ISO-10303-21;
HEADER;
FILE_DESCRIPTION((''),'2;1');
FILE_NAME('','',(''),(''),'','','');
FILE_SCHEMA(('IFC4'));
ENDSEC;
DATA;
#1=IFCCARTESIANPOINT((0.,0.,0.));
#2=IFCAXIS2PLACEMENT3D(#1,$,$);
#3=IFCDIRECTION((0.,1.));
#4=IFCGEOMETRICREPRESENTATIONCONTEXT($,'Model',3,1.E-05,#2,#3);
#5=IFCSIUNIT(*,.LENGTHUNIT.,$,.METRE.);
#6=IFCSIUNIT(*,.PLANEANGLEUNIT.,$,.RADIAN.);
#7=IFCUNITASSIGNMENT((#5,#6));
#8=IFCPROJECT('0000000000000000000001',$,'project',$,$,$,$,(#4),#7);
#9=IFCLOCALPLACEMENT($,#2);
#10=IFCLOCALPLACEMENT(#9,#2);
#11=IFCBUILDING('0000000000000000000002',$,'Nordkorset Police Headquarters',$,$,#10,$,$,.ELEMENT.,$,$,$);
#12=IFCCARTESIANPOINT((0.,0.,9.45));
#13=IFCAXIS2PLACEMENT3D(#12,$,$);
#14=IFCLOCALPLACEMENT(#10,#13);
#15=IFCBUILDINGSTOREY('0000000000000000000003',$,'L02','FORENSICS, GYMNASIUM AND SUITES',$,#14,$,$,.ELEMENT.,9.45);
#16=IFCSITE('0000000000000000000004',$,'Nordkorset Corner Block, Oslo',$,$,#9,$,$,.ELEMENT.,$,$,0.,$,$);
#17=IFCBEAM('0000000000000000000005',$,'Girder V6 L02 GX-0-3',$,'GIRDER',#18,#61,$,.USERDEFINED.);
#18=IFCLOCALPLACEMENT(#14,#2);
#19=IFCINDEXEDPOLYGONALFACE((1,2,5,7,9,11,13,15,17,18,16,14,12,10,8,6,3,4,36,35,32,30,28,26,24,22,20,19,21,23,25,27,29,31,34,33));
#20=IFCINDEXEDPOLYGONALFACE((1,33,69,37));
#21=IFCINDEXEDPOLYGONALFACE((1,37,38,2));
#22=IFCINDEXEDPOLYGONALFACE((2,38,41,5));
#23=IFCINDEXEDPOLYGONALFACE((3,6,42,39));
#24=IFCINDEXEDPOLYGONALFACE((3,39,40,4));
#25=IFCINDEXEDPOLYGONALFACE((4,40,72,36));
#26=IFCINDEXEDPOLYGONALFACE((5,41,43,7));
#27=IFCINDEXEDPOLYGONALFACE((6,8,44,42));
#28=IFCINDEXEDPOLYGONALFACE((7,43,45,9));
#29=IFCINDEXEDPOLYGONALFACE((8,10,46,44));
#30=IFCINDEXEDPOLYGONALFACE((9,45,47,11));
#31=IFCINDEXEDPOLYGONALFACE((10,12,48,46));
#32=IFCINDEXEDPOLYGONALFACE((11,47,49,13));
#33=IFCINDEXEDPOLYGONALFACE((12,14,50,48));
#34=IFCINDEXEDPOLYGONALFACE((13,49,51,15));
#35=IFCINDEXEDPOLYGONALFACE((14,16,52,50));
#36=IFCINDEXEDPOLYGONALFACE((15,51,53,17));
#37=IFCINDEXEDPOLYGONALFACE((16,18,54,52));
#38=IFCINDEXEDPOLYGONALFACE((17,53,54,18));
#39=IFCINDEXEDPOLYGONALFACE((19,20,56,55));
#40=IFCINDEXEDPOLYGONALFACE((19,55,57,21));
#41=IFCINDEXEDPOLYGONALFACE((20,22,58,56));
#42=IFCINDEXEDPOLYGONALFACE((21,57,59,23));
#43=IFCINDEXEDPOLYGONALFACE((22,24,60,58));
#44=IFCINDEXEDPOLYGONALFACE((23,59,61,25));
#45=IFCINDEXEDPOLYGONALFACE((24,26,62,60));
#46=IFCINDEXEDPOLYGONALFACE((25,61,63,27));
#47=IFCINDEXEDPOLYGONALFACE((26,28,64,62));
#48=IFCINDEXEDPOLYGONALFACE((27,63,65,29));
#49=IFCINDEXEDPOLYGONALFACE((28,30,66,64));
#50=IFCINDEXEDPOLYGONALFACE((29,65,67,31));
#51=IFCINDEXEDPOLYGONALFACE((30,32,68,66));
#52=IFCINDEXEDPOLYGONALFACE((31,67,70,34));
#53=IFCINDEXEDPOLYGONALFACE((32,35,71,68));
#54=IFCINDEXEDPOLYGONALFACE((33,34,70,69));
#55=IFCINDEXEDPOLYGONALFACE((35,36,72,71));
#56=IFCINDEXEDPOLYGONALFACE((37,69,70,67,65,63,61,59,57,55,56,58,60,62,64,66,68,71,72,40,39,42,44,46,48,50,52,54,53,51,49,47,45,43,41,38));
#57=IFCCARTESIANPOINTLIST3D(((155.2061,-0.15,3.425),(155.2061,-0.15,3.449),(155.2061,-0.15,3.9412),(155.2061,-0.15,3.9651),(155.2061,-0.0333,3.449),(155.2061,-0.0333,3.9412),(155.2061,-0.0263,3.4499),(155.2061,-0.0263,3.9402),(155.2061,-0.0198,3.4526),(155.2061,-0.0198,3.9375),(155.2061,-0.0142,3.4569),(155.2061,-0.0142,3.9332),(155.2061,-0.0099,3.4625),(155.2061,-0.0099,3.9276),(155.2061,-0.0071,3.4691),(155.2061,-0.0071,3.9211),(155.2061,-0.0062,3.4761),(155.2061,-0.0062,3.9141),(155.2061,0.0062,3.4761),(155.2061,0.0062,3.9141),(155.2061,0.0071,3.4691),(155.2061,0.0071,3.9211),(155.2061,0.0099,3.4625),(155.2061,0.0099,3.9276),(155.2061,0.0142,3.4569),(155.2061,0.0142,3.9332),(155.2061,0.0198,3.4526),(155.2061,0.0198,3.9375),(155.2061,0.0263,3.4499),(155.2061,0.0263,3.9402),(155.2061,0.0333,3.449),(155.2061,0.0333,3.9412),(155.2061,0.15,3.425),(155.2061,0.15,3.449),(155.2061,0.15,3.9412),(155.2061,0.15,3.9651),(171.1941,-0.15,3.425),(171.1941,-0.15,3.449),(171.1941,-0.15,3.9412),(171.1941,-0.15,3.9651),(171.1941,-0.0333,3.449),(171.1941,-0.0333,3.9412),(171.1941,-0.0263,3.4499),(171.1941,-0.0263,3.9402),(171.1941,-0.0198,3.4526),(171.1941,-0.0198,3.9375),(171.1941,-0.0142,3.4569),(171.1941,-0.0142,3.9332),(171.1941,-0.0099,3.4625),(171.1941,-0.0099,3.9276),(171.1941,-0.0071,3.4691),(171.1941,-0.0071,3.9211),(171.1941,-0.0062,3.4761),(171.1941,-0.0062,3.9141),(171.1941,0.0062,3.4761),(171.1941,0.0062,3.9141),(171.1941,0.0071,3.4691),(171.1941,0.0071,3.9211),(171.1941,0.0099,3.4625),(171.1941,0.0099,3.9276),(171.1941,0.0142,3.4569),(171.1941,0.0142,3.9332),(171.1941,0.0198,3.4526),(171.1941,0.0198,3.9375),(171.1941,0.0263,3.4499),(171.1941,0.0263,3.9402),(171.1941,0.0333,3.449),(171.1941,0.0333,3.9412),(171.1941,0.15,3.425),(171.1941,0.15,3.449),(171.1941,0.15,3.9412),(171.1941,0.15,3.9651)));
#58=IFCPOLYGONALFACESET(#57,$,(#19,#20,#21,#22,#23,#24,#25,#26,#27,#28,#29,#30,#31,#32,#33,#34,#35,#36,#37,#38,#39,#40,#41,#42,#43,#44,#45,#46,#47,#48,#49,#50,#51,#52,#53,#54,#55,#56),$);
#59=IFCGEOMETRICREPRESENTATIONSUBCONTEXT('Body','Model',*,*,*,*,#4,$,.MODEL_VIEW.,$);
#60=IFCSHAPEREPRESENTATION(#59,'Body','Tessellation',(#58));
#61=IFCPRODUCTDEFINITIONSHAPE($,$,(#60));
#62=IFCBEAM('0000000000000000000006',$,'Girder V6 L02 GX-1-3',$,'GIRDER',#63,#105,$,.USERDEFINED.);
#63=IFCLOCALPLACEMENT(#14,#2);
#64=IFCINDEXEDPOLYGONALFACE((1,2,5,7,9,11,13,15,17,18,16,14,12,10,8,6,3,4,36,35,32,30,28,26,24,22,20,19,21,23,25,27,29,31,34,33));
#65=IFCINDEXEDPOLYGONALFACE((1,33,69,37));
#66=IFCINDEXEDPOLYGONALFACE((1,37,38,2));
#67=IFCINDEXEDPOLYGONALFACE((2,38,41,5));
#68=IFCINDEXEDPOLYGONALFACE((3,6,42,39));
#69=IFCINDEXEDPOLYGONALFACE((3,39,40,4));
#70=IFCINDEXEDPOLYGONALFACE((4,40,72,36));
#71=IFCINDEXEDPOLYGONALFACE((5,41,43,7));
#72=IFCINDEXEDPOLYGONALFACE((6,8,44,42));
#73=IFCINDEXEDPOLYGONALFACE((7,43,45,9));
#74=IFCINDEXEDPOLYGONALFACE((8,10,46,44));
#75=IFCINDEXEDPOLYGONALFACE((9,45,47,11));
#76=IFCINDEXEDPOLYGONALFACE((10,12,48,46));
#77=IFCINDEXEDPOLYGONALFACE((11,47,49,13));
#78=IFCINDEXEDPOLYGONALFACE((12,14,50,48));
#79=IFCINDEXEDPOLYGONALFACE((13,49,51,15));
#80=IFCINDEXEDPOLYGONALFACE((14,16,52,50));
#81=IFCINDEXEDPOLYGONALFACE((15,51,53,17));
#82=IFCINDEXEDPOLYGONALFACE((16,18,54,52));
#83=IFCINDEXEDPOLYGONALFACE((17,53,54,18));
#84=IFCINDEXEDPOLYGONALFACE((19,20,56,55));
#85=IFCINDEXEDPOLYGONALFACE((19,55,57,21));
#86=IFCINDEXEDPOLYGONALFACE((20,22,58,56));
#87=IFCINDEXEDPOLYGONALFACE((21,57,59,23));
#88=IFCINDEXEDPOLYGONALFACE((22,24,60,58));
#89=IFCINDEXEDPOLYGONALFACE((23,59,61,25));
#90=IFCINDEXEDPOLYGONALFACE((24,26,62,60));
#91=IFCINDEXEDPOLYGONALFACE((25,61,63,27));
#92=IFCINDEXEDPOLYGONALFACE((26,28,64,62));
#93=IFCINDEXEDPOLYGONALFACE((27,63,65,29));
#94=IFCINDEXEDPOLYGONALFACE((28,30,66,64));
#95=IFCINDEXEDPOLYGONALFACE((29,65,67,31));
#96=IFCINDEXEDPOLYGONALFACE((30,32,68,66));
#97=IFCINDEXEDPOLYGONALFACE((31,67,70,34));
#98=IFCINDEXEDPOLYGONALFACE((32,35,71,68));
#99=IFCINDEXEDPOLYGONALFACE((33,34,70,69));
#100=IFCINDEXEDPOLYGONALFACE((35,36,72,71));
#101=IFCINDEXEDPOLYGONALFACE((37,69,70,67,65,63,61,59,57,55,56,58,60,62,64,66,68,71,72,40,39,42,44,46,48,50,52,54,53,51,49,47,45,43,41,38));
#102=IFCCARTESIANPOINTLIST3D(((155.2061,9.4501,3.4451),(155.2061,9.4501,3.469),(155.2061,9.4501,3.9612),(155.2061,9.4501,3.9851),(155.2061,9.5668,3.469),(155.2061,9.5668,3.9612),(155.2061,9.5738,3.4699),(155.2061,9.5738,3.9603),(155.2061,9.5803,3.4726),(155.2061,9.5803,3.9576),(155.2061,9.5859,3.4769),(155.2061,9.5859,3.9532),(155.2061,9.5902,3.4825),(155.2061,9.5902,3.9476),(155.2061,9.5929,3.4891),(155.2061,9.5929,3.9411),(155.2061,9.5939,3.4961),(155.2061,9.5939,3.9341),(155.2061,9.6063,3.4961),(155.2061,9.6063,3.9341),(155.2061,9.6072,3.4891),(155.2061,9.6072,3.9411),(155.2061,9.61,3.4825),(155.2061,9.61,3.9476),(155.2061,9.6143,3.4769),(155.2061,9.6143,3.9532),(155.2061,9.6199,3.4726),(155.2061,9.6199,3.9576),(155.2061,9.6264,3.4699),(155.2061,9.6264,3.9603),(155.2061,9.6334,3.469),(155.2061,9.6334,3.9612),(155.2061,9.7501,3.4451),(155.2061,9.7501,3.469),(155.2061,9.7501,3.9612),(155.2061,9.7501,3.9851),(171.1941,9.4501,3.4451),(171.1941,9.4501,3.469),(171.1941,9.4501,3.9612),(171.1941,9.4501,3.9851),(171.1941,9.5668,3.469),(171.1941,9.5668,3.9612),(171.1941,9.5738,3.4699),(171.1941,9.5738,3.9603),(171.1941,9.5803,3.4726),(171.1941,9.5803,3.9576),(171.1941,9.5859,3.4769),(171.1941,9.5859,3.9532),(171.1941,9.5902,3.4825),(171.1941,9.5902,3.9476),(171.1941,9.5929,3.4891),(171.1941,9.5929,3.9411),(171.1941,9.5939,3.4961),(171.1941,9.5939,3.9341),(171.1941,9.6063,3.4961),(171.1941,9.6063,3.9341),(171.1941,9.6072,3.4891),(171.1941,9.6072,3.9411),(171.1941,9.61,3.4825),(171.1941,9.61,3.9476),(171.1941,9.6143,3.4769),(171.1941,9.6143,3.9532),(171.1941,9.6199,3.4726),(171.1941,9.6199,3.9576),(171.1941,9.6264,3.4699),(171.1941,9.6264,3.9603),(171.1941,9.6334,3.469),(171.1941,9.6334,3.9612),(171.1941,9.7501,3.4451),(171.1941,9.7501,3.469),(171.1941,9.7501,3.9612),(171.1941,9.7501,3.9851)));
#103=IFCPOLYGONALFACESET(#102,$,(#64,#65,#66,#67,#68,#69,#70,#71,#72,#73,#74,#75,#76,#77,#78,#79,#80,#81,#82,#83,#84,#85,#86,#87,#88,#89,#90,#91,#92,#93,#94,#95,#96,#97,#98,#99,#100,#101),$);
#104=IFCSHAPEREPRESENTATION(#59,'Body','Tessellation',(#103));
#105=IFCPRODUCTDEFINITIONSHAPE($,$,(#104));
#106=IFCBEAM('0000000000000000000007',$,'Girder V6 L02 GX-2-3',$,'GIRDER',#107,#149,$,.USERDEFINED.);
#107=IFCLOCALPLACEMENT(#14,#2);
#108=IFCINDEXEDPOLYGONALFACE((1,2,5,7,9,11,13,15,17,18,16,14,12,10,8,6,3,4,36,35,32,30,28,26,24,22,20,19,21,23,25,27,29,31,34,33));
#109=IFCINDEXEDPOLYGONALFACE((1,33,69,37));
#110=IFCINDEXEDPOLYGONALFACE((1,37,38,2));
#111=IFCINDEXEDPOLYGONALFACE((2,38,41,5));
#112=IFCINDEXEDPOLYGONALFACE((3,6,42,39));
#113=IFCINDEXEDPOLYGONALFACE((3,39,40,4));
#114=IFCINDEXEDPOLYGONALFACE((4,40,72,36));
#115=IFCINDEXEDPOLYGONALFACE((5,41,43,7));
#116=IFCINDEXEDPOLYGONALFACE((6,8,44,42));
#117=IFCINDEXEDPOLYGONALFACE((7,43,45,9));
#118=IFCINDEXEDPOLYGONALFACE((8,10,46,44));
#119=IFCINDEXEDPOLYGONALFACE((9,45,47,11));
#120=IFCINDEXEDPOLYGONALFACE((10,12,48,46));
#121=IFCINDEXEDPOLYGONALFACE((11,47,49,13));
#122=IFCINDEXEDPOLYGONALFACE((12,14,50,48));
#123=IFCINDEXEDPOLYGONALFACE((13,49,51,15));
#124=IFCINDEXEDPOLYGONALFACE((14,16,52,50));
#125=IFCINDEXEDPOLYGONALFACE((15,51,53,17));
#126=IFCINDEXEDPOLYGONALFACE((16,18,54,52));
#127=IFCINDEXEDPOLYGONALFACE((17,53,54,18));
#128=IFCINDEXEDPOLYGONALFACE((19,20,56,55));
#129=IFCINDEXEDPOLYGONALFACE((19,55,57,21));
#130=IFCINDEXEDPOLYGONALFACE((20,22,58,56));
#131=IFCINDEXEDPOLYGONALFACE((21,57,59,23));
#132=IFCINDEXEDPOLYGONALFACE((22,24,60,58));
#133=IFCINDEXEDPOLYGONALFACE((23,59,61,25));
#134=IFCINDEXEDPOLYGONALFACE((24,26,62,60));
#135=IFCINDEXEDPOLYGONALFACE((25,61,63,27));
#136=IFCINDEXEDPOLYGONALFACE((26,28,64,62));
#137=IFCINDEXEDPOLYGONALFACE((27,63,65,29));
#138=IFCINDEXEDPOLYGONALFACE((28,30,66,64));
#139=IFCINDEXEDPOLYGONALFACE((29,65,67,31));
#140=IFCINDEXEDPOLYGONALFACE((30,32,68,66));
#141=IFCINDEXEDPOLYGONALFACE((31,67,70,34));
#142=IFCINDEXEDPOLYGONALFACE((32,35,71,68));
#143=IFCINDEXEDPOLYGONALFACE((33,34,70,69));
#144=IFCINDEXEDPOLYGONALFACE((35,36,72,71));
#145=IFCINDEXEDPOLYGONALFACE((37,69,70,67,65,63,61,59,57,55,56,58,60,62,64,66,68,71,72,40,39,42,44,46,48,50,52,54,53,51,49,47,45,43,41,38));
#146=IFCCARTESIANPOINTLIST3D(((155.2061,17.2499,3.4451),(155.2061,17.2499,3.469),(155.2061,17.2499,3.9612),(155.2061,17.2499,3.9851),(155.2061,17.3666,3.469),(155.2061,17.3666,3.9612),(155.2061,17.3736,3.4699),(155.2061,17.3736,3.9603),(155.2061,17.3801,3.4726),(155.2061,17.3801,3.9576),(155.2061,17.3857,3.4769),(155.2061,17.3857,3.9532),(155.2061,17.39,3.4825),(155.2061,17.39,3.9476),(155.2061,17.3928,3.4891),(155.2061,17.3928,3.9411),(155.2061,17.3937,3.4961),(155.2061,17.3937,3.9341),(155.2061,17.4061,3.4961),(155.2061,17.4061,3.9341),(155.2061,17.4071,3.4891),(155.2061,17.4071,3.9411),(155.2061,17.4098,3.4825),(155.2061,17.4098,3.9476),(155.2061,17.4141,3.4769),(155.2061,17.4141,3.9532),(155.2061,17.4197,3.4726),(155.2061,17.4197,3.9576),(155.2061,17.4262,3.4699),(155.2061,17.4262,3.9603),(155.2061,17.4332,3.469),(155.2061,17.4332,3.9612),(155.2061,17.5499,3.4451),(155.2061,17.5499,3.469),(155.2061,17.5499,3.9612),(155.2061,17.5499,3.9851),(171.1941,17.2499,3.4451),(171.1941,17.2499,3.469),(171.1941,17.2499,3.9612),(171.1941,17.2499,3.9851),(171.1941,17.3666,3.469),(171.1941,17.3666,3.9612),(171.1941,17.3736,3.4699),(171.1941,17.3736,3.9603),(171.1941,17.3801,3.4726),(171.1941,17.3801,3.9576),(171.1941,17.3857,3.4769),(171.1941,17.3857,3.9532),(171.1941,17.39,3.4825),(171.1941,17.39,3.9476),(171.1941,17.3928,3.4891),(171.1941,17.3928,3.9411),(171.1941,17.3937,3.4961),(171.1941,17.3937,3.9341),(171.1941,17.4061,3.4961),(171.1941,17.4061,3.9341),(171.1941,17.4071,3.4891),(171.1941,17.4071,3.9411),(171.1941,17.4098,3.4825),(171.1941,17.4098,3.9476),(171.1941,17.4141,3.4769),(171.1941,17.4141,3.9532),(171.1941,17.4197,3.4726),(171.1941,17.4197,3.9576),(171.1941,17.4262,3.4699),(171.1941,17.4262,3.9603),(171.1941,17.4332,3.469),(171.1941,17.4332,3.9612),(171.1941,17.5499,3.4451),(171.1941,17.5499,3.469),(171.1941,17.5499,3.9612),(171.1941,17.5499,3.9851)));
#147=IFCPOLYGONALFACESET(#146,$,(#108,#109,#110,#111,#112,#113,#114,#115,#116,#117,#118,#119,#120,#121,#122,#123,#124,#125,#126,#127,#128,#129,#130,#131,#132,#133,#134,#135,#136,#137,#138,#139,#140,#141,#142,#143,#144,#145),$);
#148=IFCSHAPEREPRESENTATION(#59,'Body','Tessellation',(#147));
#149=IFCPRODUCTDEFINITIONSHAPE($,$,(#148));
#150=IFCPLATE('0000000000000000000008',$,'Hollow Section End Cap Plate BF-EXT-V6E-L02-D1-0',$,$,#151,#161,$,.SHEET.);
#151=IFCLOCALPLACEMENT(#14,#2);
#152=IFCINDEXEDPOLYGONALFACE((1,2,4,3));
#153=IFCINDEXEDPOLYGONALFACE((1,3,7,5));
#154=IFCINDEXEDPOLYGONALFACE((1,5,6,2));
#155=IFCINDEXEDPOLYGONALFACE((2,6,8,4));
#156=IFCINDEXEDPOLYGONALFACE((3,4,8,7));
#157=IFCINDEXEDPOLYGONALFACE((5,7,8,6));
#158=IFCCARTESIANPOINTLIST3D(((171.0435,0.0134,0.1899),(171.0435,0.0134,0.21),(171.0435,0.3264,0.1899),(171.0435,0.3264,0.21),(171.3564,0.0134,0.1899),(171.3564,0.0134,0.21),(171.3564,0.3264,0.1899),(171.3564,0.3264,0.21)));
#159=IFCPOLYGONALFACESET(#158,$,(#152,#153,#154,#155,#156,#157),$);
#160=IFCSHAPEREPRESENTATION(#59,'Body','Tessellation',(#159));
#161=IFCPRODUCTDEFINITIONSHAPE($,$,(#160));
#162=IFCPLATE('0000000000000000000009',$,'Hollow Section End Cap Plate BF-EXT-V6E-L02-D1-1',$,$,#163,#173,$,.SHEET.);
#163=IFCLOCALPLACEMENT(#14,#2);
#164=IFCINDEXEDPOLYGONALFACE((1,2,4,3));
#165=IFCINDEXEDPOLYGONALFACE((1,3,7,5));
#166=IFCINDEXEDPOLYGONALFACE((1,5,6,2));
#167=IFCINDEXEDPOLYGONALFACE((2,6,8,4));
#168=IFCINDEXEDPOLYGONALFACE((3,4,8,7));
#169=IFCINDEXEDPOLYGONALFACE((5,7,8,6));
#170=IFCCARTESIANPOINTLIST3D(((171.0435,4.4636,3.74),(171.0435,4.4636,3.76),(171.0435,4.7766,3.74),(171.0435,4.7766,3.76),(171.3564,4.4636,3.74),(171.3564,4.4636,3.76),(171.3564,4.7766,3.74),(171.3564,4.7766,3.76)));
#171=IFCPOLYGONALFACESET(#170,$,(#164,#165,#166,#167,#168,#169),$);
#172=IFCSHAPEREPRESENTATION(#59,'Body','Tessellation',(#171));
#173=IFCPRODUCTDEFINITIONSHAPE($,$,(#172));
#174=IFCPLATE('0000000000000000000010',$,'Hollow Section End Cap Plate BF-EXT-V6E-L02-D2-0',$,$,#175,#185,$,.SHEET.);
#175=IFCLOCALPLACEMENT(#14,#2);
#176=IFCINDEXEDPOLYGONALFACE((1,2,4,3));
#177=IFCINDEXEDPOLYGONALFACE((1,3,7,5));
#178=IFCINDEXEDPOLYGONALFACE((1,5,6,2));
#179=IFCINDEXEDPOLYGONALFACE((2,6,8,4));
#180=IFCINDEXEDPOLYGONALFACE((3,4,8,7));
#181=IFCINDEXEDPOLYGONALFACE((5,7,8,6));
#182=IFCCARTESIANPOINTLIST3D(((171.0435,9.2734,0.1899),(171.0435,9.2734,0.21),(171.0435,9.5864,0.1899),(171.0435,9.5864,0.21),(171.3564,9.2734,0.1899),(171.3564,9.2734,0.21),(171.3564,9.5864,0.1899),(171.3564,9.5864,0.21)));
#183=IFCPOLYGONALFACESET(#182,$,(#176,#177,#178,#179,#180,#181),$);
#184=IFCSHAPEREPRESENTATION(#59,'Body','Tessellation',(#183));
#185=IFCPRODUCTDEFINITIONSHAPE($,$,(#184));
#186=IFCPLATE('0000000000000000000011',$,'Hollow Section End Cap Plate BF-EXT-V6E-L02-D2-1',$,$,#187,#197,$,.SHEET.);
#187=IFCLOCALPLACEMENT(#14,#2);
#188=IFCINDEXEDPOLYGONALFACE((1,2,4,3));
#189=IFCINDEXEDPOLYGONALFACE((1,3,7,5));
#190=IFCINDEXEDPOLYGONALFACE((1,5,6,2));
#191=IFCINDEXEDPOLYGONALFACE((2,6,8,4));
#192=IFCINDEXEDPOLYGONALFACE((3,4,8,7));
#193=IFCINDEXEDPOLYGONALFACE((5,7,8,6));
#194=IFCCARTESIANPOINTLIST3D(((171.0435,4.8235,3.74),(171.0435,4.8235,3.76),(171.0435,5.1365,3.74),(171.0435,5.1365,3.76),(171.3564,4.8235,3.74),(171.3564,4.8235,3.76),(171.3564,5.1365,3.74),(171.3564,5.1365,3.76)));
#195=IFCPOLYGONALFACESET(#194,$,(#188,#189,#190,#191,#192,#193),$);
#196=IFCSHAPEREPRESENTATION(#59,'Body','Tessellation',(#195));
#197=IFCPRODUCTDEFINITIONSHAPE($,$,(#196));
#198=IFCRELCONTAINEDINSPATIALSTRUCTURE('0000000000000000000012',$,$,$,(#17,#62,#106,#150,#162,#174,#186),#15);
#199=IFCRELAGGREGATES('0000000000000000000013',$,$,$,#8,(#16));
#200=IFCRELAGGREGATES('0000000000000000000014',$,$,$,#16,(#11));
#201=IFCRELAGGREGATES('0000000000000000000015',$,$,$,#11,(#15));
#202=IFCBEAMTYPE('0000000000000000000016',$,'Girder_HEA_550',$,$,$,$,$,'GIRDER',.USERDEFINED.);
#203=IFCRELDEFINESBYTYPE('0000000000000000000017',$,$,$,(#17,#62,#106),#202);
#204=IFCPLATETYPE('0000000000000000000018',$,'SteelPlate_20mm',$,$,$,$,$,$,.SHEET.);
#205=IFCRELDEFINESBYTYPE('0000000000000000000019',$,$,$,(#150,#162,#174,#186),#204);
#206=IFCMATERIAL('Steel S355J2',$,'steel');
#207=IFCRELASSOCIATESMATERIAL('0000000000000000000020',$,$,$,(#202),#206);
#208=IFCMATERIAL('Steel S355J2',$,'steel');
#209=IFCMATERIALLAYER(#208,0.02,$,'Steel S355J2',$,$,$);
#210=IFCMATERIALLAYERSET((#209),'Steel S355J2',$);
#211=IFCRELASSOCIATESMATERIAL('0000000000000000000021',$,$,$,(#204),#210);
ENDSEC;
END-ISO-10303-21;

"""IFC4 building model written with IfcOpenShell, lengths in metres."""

from ifc_helpers import new_model, si_unit, direction, frame, origin, origin_2d, place, context, subcontext, project, spatial, rectangle, i_section, extrude, material, layer, layer_set, material_profile, profile_set, type_object, element, save


model = new_model("IFC4")

# Units and contexts
model_context = context("Model", 3, precision=1e-05, world=origin(), true_north=direction((0.0, 1.0)))
body_context = subcontext(model_context, "Body", "Model", "MODEL_VIEW")
ifc_project = project(units=[si_unit("LENGTHUNIT", "METRE"), si_unit("PLANEANGLEUNIT", "RADIAN")], contexts=[model_context])

# Site, building, storey
site_placement = place(None, origin())
site = spatial("IfcSite", under=ifc_project, at=site_placement, Name="Nordkorset Corner Block, Oslo", CompositionType="ELEMENT", RefElevation=0.0)
building_placement = place(site_placement, origin())
building = spatial("IfcBuilding", under=site, at=building_placement, Name="Nordkorset Police Headquarters", CompositionType="ELEMENT")
storey_placement = place(building_placement, frame((0.0, 0.0, 9.45)))
storey = spatial("IfcBuildingStorey", under=building, at=storey_placement, Name="L02", Description="FORENSICS, GYMNASIUM AND SUITES", CompositionType="ELEMENT", Elevation=9.45)

# Beams
ifc_material_1 = material(Name="Steel S355J2", Category="steel")
ifc_material_profile_1 = material_profile(ifc_material_1, i_section(OverallWidth=0.3, OverallDepth=0.54, WebThickness=0.0125, FlangeThickness=0.0239, FilletRadius=0.0271, at=origin_2d()), Name="HEA 550")
ifc_profile_set_1 = profile_set([ifc_material_profile_1], Name="Steel S355J2")
beam_type_1 = type_object("IfcBeamType", Name="Girder_HEA_550", ElementType="GIRDER", PredefinedType="USERDEFINED", material=ifc_profile_set_1)
for number, where, z_axis, x_axis, name in (
    (1, (155.2061, 0.0, 3.6951), (1.0, 0.0, 0.0), (0.0, 1.0, 0.0), "Girder V6 L02 GX-0-3"),
    (2, (155.2061, 9.6001, 3.7151), (1.0, 0.0, 0.0), (0.0, 1.0, 0.0), "Girder V6 L02 GX-1-3"),
    (3, (155.2061, 17.3999, 3.7151), (1.0, 0.0, 0.0), (0.0, 1.0, 0.0), "Girder V6 L02 GX-2-3"),
):
    element("IfcBeam", number, at=place(storey_placement, frame(where, z_axis=z_axis, x_axis=x_axis)), inside=storey, type_object=beam_type_1, Name=name, ObjectType="GIRDER", PredefinedType="USERDEFINED", context=body_context, shape_type="SweptSolid", body=[
        extrude(i_section(OverallWidth=0.3, OverallDepth=0.54, WebThickness=0.0125, FlangeThickness=0.0239, FilletRadius=0.0271, at=origin_2d()), origin(), (0.0, 0.0, 1.0), 15.988),
    ])

# Plates
ifc_material_2 = material(Name="Steel S355J2", Category="steel")
ifc_layer_1 = layer(ifc_material_2, 0.02, Name="Steel S355J2")
ifc_layer_set_1 = layer_set([ifc_layer_1], Name="Steel S355J2")
plate_type = type_object("IfcPlateType", Name="SteelPlate_20mm", PredefinedType="SHEET", material=ifc_layer_set_1)
for number, where, z_axis, x_axis, name in (
    (4, (171.2, 0.1699, 0.1899), (0.0, 0.0, 1.0), (1.0, 0.0, 0.0), "Hollow Section End Cap Plate BF-EXT-V6E-L02-D1-0"),
    (5, (171.2, 4.6201, 3.74), (0.0, 0.0, 1.0), (1.0, 0.0, 0.0), "Hollow Section End Cap Plate BF-EXT-V6E-L02-D1-1"),
    (6, (171.2, 9.4299, 0.1899), (0.0, 0.0, 1.0), (1.0, 0.0, 0.0), "Hollow Section End Cap Plate BF-EXT-V6E-L02-D2-0"),
    (7, (171.2, 4.98, 3.74), (0.0, 0.0, 1.0), (1.0, 0.0, 0.0), "Hollow Section End Cap Plate BF-EXT-V6E-L02-D2-1"),
):
    element("IfcPlate", number, at=place(storey_placement, frame(where, z_axis=z_axis, x_axis=x_axis)), inside=storey, type_object=plate_type, Name=name, PredefinedType="SHEET", context=body_context, shape_type="SweptSolid", body=[
        extrude(rectangle(XDim=0.313, YDim=0.313, at=origin_2d()), origin(), (0.0, 0.0, 1.0), 0.02),
    ])

save(model, "model.ifc")
